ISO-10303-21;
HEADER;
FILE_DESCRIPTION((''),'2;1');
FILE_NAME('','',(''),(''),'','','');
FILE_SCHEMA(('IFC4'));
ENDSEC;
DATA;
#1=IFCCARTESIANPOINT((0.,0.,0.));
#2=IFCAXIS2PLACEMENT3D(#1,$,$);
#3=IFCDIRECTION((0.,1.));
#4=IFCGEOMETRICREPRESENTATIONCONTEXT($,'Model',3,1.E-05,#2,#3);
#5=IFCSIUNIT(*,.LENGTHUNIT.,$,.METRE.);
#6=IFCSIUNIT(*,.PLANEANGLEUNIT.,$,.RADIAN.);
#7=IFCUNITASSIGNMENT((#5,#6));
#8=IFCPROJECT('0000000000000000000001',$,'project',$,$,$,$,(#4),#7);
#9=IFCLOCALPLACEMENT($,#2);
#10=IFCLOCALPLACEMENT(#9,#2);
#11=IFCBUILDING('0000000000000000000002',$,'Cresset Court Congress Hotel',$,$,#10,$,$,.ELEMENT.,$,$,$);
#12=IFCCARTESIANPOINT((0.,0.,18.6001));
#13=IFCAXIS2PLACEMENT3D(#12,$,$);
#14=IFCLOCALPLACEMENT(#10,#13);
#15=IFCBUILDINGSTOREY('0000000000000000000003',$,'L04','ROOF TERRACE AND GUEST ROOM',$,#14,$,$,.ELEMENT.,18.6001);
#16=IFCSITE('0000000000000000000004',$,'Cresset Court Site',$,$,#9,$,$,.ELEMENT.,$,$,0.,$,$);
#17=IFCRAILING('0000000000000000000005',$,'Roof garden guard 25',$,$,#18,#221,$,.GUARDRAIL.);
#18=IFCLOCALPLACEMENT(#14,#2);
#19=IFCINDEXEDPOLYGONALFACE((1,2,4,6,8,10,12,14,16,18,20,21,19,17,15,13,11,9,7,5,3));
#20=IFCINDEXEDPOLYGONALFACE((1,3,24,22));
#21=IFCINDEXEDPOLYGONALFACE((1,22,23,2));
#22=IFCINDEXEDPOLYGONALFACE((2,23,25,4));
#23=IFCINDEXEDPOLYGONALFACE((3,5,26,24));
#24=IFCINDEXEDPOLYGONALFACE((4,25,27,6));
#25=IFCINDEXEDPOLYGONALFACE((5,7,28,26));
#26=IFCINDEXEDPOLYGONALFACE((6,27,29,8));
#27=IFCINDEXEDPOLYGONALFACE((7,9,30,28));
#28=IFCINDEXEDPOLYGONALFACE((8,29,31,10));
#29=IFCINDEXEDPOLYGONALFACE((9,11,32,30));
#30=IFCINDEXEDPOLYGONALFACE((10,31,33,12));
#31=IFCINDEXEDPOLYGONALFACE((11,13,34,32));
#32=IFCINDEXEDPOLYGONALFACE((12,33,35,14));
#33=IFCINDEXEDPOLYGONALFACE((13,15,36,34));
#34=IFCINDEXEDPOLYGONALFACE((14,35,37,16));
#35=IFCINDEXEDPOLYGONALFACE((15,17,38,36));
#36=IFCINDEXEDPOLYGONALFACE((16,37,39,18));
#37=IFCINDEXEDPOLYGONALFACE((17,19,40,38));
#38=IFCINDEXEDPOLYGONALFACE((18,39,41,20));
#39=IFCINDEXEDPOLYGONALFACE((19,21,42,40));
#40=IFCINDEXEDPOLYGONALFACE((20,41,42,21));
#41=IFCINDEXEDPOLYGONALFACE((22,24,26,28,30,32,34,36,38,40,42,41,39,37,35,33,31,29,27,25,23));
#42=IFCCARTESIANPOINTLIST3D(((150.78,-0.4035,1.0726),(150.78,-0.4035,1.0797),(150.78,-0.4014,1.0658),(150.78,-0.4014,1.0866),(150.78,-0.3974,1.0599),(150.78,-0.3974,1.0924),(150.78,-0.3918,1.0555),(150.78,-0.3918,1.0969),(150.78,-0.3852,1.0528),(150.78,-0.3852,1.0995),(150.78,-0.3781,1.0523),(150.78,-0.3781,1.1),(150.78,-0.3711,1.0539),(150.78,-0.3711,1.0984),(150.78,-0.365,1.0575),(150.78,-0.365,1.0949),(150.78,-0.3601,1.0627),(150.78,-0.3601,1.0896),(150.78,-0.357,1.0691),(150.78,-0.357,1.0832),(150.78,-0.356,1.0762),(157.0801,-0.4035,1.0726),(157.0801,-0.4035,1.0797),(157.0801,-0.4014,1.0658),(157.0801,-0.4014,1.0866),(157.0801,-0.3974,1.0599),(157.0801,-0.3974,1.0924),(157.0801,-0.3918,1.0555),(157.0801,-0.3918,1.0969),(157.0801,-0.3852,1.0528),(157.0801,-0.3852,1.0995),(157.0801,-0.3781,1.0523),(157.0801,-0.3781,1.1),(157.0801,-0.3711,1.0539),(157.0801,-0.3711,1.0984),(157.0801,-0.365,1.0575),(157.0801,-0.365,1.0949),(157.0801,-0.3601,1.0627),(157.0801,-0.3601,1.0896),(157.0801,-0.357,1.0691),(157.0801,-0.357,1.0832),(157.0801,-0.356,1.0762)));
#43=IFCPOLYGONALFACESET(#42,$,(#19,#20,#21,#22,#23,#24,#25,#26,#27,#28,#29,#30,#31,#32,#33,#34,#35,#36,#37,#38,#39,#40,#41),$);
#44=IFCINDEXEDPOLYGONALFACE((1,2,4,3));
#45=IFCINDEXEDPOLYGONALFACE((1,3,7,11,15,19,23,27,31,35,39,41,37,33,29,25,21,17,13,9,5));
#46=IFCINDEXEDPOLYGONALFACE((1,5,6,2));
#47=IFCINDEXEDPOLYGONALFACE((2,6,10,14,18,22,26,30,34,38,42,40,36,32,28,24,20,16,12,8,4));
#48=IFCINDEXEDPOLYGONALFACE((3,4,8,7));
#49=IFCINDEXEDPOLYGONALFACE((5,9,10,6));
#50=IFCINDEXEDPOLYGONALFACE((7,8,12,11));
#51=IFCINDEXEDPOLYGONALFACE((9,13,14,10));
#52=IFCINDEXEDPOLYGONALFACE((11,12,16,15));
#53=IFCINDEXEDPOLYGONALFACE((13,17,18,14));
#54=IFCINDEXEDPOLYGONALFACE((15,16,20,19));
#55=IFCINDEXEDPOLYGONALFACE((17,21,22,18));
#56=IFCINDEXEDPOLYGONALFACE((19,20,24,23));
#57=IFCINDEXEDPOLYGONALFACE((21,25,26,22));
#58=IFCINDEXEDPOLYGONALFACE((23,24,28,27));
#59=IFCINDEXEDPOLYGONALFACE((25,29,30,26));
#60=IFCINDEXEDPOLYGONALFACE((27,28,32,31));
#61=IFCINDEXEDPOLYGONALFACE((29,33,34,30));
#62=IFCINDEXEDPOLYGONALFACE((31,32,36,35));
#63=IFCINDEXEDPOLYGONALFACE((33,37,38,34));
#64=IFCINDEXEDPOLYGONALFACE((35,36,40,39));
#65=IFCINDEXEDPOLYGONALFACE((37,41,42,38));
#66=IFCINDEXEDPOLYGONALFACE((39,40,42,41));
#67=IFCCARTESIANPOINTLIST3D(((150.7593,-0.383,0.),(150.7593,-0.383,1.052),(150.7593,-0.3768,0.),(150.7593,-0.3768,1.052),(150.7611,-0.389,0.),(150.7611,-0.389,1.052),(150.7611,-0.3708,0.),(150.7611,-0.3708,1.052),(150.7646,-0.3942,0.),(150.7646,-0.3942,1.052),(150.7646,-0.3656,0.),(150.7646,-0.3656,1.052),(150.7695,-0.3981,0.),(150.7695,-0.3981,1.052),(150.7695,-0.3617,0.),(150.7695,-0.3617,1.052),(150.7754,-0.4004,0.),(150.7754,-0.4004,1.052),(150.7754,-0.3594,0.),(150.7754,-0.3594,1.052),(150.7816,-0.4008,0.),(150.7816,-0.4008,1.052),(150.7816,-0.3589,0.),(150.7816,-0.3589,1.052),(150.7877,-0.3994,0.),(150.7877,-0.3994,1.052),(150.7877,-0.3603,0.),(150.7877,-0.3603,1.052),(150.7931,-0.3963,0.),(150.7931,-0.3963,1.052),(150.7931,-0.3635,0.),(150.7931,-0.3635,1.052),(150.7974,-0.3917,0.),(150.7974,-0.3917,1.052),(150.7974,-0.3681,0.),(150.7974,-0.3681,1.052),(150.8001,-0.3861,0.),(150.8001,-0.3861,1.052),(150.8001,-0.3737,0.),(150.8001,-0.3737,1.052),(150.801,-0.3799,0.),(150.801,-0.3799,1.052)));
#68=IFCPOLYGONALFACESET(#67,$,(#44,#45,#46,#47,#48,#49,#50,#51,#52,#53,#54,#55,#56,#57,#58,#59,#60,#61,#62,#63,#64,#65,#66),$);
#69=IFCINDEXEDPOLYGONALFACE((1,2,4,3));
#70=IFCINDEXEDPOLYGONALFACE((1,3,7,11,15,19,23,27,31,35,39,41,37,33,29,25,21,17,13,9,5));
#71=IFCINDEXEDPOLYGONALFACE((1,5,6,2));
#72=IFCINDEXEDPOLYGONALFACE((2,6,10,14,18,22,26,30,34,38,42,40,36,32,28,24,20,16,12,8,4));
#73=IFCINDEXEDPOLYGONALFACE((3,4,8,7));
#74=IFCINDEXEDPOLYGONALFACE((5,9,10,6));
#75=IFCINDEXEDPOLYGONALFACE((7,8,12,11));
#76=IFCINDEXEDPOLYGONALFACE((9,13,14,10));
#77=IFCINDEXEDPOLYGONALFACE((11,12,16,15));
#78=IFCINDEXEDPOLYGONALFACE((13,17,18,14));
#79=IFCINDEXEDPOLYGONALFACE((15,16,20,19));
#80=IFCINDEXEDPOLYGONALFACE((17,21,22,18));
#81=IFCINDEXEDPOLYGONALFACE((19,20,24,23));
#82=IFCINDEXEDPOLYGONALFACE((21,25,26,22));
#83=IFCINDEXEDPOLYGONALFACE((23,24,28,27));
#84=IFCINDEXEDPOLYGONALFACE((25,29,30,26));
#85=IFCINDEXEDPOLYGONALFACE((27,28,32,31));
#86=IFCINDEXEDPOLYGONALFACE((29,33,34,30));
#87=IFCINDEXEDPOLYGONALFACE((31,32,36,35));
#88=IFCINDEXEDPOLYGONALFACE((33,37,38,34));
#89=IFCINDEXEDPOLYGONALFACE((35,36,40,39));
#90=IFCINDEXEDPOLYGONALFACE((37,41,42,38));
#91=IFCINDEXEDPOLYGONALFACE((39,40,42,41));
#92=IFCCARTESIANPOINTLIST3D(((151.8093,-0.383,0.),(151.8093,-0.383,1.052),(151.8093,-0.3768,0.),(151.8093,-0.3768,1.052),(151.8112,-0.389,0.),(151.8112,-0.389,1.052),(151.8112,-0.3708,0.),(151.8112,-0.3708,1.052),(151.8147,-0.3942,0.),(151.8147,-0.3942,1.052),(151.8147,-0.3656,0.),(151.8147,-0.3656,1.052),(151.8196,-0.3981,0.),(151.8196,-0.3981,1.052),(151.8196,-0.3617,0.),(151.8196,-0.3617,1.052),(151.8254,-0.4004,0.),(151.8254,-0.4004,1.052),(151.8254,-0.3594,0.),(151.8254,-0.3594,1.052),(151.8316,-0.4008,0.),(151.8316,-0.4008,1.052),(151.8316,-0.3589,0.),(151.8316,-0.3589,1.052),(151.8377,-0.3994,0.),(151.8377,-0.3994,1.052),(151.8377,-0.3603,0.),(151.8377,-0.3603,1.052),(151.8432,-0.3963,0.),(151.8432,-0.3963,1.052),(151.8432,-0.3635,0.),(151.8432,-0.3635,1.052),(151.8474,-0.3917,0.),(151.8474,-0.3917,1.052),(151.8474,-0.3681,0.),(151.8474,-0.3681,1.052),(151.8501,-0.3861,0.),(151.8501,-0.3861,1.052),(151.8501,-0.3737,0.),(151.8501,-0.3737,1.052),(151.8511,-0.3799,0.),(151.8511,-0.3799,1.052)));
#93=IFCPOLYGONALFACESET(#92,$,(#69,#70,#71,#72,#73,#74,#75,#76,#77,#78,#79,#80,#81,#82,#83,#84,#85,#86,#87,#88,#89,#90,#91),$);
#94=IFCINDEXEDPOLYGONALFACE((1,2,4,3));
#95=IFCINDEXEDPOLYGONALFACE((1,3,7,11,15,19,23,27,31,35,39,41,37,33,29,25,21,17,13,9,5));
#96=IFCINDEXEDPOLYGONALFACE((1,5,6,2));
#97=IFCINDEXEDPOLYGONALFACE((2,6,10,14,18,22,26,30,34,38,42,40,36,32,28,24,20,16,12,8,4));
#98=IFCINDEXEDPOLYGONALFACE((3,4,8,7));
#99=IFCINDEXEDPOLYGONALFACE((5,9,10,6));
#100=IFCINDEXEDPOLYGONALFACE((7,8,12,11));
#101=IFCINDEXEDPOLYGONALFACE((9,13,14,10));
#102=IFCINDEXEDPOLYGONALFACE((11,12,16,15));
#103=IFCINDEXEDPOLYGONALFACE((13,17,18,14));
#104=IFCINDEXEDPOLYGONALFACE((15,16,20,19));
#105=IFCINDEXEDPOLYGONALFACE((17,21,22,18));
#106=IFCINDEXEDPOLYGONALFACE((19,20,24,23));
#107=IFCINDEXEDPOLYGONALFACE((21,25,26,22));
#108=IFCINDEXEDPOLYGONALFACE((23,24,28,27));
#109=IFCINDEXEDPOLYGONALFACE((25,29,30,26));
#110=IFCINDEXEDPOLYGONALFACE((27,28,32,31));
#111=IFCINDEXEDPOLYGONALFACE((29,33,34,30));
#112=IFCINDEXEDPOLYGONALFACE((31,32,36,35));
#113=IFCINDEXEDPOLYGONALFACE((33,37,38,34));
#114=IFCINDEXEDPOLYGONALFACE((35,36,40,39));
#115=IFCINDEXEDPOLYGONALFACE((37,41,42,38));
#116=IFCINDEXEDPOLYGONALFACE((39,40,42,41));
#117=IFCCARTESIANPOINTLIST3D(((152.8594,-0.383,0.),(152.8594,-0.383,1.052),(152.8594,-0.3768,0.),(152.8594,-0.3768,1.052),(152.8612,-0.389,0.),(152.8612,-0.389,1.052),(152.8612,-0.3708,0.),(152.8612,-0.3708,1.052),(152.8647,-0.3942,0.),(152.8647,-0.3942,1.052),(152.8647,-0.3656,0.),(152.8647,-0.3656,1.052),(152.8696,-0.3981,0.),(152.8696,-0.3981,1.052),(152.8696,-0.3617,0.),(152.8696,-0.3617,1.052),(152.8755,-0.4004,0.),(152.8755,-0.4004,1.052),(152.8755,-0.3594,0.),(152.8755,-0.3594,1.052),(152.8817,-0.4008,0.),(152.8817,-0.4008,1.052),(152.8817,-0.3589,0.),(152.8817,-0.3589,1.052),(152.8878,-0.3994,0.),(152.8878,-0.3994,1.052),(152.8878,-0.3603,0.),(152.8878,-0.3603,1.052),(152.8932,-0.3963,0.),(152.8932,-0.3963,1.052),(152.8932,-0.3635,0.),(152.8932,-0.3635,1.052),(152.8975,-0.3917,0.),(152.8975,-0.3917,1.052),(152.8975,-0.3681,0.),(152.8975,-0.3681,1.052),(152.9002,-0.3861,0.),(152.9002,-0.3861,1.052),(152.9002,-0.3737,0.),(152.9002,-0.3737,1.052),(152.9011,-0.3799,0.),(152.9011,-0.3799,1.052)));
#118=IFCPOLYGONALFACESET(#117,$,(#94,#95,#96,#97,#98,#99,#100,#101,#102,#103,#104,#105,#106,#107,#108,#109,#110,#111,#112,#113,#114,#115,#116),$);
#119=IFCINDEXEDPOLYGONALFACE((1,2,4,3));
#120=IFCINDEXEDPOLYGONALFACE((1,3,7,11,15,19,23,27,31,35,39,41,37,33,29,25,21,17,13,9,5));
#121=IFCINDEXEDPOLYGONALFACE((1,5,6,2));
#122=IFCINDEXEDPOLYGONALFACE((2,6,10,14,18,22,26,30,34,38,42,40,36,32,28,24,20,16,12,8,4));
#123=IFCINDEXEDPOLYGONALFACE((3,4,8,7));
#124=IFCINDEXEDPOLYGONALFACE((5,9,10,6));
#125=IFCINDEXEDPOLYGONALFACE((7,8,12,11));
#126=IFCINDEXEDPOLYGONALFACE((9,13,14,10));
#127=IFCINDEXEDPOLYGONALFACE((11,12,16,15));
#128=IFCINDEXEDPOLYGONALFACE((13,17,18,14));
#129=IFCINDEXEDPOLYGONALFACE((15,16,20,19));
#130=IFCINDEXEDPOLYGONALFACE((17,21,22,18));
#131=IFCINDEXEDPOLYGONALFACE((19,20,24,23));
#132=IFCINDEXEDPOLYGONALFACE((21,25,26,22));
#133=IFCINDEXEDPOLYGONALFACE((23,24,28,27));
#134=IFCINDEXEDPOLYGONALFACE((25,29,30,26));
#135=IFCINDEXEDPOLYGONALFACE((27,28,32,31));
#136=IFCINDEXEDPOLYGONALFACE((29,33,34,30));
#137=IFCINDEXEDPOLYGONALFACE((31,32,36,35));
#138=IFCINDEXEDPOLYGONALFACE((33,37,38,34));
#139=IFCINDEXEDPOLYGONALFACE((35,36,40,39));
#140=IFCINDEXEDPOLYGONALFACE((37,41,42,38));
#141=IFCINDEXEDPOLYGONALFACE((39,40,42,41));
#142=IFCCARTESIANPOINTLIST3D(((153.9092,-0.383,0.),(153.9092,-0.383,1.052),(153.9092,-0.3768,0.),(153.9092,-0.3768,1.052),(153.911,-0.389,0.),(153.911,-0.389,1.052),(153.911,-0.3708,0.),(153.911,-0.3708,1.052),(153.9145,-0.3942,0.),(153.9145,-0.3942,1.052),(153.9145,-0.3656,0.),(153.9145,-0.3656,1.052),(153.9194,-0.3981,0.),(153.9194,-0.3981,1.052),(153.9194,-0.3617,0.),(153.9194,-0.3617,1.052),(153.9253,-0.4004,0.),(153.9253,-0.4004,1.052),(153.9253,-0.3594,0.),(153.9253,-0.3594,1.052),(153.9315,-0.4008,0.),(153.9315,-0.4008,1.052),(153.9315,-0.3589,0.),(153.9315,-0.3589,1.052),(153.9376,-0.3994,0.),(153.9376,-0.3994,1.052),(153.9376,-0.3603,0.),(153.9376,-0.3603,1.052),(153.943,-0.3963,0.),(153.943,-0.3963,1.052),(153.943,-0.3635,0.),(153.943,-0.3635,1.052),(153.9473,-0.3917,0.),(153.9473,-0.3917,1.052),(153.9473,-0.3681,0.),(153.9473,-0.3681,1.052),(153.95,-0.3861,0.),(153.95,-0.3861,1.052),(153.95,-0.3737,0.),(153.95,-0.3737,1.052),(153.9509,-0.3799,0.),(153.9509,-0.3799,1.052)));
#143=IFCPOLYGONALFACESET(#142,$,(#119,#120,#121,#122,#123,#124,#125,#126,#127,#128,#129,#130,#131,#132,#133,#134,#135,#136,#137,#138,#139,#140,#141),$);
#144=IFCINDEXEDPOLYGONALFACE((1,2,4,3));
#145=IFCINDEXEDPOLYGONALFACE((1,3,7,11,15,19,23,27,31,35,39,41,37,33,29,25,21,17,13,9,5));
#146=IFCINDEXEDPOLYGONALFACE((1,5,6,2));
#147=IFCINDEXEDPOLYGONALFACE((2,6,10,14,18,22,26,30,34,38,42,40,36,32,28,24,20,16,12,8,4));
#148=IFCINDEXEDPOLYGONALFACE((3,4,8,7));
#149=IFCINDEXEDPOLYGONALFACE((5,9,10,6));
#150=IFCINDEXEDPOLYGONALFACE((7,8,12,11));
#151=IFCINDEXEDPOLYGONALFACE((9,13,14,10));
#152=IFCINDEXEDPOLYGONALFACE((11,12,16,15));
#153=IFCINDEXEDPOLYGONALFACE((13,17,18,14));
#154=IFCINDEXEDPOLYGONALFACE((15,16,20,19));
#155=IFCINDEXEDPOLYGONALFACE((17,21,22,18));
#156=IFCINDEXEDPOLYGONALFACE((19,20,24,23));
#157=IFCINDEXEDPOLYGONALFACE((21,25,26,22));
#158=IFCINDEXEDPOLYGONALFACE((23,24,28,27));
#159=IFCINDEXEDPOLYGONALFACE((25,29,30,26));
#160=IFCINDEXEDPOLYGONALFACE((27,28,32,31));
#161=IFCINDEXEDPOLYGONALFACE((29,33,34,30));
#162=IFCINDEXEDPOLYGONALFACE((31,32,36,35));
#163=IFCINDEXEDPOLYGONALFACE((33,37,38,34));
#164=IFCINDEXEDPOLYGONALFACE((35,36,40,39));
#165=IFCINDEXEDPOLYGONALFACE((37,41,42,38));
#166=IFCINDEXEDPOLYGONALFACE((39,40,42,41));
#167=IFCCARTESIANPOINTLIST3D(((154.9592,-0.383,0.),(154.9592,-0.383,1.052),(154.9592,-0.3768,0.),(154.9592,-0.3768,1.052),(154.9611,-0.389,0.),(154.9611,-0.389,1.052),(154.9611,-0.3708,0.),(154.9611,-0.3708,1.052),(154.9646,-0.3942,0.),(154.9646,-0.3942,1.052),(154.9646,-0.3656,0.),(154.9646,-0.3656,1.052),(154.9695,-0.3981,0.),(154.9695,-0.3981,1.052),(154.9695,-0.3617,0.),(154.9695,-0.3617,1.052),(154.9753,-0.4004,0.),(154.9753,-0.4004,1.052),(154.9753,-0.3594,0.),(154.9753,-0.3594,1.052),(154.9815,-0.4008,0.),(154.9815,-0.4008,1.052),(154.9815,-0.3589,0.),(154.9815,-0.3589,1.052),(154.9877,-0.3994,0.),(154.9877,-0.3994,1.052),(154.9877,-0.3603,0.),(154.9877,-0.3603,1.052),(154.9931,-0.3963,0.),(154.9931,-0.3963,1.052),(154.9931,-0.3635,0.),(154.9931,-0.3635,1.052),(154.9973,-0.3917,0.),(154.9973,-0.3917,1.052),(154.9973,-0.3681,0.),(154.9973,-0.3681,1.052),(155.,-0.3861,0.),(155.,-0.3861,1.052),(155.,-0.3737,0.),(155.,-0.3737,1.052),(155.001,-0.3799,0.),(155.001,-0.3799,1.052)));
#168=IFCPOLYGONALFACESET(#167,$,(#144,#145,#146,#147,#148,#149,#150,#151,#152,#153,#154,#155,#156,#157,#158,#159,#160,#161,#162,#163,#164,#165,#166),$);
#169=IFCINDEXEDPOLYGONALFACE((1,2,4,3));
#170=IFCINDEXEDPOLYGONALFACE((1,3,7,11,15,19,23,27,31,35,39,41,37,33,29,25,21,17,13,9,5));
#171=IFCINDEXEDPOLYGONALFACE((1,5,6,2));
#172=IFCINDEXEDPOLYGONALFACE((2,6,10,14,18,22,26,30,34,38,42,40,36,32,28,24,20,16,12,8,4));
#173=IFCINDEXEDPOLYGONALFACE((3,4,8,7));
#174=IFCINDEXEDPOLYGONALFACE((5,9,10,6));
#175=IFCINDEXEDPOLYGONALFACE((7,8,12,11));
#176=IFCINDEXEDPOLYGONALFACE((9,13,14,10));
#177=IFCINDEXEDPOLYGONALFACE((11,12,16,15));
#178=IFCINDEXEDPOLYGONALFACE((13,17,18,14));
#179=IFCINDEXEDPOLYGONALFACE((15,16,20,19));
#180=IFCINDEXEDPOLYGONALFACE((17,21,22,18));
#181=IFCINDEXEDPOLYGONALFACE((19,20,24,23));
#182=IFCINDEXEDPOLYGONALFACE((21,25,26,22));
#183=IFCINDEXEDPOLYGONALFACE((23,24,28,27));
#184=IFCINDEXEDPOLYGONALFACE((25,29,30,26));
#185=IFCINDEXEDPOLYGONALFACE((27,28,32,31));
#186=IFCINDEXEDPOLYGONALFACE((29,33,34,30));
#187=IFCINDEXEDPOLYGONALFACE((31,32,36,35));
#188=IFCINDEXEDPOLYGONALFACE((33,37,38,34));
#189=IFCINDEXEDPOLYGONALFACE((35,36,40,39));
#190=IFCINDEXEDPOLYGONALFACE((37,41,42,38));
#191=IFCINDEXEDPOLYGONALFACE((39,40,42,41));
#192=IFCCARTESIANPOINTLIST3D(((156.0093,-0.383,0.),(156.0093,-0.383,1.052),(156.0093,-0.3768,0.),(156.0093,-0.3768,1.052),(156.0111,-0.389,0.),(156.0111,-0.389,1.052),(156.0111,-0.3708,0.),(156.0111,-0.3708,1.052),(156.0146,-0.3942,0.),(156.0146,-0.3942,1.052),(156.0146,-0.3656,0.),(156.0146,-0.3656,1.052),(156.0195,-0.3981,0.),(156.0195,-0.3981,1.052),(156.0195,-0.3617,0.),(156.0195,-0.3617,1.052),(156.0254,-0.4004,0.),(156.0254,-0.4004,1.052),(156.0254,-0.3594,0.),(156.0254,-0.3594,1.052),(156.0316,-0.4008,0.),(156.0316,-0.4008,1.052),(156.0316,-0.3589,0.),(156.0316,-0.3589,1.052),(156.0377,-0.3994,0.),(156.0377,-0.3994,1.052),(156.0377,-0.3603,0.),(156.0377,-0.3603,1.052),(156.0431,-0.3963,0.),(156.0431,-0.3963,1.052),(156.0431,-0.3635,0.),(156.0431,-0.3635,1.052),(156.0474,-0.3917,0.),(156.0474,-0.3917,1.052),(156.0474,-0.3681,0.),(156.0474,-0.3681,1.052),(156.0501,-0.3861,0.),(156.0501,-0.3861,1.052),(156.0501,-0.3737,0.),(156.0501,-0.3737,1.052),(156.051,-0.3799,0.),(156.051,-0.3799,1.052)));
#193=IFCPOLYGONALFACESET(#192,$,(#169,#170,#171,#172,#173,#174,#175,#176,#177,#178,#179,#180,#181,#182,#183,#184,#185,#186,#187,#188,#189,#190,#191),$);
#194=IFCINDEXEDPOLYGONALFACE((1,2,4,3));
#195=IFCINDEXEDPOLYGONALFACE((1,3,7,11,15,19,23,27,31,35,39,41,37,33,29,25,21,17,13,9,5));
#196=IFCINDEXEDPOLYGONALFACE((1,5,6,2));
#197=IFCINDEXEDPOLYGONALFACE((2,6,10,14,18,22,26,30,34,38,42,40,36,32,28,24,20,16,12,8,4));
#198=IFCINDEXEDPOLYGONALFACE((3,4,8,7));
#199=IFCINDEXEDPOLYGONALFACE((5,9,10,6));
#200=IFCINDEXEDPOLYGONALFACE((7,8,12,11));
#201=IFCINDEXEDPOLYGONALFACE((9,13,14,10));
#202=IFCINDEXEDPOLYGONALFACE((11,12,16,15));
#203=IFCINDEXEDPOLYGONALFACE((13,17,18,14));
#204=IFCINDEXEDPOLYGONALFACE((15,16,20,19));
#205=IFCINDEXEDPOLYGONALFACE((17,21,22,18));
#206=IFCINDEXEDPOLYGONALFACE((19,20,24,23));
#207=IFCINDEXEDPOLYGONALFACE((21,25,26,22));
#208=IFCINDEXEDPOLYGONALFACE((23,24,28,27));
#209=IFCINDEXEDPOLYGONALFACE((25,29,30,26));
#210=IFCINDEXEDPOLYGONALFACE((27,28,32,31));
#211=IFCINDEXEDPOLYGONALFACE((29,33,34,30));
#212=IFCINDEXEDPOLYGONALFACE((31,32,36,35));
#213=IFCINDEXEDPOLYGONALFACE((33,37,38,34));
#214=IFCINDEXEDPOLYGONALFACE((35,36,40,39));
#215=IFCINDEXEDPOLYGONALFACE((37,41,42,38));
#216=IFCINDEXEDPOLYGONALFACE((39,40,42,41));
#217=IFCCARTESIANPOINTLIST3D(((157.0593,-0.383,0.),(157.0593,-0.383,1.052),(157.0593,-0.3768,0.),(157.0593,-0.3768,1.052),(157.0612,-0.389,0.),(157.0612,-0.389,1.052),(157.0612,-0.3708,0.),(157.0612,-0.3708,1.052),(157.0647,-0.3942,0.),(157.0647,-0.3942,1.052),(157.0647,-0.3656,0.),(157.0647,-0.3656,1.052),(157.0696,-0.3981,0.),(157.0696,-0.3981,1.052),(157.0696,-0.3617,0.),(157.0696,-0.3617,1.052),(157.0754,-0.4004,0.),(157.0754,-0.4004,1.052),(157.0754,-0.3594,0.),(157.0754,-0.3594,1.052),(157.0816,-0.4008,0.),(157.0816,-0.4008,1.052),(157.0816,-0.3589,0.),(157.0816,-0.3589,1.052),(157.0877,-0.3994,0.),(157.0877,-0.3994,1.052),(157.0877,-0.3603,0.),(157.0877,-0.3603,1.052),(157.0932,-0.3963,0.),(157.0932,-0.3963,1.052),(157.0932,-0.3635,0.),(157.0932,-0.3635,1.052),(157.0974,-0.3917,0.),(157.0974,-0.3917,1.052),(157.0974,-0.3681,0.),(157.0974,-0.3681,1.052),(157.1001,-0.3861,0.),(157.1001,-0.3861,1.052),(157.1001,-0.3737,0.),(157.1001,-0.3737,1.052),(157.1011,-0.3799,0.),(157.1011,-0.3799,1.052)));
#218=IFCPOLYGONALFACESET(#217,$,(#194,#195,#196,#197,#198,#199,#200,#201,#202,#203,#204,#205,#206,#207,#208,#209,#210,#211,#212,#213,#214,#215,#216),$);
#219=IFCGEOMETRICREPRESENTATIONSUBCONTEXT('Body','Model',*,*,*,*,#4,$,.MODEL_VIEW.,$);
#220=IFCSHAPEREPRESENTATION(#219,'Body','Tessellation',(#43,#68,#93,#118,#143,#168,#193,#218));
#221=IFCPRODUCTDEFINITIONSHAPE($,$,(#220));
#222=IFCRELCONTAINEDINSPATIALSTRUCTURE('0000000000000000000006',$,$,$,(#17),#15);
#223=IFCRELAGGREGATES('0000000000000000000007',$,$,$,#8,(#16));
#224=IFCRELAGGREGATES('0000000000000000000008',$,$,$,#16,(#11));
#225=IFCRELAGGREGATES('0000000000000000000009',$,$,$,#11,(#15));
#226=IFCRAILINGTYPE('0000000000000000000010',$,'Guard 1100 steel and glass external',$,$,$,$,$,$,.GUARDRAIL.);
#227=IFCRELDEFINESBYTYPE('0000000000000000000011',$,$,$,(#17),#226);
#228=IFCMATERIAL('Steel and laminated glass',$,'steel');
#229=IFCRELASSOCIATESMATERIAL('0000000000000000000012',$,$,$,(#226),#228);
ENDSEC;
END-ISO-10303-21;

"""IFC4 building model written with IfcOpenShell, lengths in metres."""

from ifc_helpers import new_model, si_unit, direction, frame, origin, origin_2d, place, context, subcontext, project, spatial, circle, extrude, material, type_object, element, save


model = new_model("IFC4")

# Units and contexts
model_context = context("Model", 3, precision=1e-05, world=origin(), true_north=direction((0.0, 1.0)))
body_context = subcontext(model_context, "Body", "Model", "MODEL_VIEW")
ifc_project = project(units=[si_unit("LENGTHUNIT", "METRE"), si_unit("PLANEANGLEUNIT", "RADIAN")], contexts=[model_context])

# Site, building, storey
site_placement = place(None, origin())
site = spatial("IfcSite", under=ifc_project, at=site_placement, Name="Cresset Court Site", CompositionType="ELEMENT", RefElevation=0.0)
building_placement = place(site_placement, origin())
building = spatial("IfcBuilding", under=site, at=building_placement, Name="Cresset Court Congress Hotel", CompositionType="ELEMENT")
storey_placement = place(building_placement, frame((0.0, 0.0, 18.6001)))
storey = spatial("IfcBuildingStorey", under=building, at=storey_placement, Name="L04", Description="ROOF TERRACE AND GUEST ROOM", CompositionType="ELEMENT", Elevation=18.6001)

# Railing
ifc_material_1 = material(Name="Steel and laminated glass", Category="steel")
railing_type = type_object("IfcRailingType", Name="Guard 1100 steel and glass external", PredefinedType="GUARDRAIL", material=ifc_material_1)
railing_1_placement = place(storey_placement, frame((150.78, -0.3799, 0.0)))
element("IfcRailing", 1, at=railing_1_placement, inside=storey, type_object=railing_type, Name="Roof garden guard 25", PredefinedType="GUARDRAIL", context=body_context, shape_type="SweptSolid", body=[
    extrude(circle(Radius=0.0239, at=origin_2d()), frame((0.0, 0.0, 1.0762), z_axis=(1.0, 0.0, 0.0), x_axis=(0.0, 1.0, 0.0)), (0.0, 0.0, 1.0), 6.3),
    extrude(circle(Radius=0.021, at=origin_2d()), origin(), (0.0, 0.0, 1.0), 1.052),
    extrude(circle(Radius=0.021, at=origin_2d()), frame((1.05, 0.0, 0.0)), (0.0, 0.0, 1.0), 1.052),
    extrude(circle(Radius=0.021, at=origin_2d()), frame((2.1001, 0.0, 0.0)), (0.0, 0.0, 1.0), 1.052),
    extrude(circle(Radius=0.021, at=origin_2d()), frame((3.1499, 0.0, 0.0)), (0.0, 0.0, 1.0), 1.052),
    extrude(circle(Radius=0.021, at=origin_2d()), frame((4.2, 0.0, 0.0)), (0.0, 0.0, 1.0), 1.052),
    extrude(circle(Radius=0.021, at=origin_2d()), frame((5.25, 0.0, 0.0)), (0.0, 0.0, 1.0), 1.052),
    extrude(circle(Radius=0.021, at=origin_2d()), frame((6.3, 0.0, 0.0)), (0.0, 0.0, 1.0), 1.052),
])

save(model, "model.ifc")
